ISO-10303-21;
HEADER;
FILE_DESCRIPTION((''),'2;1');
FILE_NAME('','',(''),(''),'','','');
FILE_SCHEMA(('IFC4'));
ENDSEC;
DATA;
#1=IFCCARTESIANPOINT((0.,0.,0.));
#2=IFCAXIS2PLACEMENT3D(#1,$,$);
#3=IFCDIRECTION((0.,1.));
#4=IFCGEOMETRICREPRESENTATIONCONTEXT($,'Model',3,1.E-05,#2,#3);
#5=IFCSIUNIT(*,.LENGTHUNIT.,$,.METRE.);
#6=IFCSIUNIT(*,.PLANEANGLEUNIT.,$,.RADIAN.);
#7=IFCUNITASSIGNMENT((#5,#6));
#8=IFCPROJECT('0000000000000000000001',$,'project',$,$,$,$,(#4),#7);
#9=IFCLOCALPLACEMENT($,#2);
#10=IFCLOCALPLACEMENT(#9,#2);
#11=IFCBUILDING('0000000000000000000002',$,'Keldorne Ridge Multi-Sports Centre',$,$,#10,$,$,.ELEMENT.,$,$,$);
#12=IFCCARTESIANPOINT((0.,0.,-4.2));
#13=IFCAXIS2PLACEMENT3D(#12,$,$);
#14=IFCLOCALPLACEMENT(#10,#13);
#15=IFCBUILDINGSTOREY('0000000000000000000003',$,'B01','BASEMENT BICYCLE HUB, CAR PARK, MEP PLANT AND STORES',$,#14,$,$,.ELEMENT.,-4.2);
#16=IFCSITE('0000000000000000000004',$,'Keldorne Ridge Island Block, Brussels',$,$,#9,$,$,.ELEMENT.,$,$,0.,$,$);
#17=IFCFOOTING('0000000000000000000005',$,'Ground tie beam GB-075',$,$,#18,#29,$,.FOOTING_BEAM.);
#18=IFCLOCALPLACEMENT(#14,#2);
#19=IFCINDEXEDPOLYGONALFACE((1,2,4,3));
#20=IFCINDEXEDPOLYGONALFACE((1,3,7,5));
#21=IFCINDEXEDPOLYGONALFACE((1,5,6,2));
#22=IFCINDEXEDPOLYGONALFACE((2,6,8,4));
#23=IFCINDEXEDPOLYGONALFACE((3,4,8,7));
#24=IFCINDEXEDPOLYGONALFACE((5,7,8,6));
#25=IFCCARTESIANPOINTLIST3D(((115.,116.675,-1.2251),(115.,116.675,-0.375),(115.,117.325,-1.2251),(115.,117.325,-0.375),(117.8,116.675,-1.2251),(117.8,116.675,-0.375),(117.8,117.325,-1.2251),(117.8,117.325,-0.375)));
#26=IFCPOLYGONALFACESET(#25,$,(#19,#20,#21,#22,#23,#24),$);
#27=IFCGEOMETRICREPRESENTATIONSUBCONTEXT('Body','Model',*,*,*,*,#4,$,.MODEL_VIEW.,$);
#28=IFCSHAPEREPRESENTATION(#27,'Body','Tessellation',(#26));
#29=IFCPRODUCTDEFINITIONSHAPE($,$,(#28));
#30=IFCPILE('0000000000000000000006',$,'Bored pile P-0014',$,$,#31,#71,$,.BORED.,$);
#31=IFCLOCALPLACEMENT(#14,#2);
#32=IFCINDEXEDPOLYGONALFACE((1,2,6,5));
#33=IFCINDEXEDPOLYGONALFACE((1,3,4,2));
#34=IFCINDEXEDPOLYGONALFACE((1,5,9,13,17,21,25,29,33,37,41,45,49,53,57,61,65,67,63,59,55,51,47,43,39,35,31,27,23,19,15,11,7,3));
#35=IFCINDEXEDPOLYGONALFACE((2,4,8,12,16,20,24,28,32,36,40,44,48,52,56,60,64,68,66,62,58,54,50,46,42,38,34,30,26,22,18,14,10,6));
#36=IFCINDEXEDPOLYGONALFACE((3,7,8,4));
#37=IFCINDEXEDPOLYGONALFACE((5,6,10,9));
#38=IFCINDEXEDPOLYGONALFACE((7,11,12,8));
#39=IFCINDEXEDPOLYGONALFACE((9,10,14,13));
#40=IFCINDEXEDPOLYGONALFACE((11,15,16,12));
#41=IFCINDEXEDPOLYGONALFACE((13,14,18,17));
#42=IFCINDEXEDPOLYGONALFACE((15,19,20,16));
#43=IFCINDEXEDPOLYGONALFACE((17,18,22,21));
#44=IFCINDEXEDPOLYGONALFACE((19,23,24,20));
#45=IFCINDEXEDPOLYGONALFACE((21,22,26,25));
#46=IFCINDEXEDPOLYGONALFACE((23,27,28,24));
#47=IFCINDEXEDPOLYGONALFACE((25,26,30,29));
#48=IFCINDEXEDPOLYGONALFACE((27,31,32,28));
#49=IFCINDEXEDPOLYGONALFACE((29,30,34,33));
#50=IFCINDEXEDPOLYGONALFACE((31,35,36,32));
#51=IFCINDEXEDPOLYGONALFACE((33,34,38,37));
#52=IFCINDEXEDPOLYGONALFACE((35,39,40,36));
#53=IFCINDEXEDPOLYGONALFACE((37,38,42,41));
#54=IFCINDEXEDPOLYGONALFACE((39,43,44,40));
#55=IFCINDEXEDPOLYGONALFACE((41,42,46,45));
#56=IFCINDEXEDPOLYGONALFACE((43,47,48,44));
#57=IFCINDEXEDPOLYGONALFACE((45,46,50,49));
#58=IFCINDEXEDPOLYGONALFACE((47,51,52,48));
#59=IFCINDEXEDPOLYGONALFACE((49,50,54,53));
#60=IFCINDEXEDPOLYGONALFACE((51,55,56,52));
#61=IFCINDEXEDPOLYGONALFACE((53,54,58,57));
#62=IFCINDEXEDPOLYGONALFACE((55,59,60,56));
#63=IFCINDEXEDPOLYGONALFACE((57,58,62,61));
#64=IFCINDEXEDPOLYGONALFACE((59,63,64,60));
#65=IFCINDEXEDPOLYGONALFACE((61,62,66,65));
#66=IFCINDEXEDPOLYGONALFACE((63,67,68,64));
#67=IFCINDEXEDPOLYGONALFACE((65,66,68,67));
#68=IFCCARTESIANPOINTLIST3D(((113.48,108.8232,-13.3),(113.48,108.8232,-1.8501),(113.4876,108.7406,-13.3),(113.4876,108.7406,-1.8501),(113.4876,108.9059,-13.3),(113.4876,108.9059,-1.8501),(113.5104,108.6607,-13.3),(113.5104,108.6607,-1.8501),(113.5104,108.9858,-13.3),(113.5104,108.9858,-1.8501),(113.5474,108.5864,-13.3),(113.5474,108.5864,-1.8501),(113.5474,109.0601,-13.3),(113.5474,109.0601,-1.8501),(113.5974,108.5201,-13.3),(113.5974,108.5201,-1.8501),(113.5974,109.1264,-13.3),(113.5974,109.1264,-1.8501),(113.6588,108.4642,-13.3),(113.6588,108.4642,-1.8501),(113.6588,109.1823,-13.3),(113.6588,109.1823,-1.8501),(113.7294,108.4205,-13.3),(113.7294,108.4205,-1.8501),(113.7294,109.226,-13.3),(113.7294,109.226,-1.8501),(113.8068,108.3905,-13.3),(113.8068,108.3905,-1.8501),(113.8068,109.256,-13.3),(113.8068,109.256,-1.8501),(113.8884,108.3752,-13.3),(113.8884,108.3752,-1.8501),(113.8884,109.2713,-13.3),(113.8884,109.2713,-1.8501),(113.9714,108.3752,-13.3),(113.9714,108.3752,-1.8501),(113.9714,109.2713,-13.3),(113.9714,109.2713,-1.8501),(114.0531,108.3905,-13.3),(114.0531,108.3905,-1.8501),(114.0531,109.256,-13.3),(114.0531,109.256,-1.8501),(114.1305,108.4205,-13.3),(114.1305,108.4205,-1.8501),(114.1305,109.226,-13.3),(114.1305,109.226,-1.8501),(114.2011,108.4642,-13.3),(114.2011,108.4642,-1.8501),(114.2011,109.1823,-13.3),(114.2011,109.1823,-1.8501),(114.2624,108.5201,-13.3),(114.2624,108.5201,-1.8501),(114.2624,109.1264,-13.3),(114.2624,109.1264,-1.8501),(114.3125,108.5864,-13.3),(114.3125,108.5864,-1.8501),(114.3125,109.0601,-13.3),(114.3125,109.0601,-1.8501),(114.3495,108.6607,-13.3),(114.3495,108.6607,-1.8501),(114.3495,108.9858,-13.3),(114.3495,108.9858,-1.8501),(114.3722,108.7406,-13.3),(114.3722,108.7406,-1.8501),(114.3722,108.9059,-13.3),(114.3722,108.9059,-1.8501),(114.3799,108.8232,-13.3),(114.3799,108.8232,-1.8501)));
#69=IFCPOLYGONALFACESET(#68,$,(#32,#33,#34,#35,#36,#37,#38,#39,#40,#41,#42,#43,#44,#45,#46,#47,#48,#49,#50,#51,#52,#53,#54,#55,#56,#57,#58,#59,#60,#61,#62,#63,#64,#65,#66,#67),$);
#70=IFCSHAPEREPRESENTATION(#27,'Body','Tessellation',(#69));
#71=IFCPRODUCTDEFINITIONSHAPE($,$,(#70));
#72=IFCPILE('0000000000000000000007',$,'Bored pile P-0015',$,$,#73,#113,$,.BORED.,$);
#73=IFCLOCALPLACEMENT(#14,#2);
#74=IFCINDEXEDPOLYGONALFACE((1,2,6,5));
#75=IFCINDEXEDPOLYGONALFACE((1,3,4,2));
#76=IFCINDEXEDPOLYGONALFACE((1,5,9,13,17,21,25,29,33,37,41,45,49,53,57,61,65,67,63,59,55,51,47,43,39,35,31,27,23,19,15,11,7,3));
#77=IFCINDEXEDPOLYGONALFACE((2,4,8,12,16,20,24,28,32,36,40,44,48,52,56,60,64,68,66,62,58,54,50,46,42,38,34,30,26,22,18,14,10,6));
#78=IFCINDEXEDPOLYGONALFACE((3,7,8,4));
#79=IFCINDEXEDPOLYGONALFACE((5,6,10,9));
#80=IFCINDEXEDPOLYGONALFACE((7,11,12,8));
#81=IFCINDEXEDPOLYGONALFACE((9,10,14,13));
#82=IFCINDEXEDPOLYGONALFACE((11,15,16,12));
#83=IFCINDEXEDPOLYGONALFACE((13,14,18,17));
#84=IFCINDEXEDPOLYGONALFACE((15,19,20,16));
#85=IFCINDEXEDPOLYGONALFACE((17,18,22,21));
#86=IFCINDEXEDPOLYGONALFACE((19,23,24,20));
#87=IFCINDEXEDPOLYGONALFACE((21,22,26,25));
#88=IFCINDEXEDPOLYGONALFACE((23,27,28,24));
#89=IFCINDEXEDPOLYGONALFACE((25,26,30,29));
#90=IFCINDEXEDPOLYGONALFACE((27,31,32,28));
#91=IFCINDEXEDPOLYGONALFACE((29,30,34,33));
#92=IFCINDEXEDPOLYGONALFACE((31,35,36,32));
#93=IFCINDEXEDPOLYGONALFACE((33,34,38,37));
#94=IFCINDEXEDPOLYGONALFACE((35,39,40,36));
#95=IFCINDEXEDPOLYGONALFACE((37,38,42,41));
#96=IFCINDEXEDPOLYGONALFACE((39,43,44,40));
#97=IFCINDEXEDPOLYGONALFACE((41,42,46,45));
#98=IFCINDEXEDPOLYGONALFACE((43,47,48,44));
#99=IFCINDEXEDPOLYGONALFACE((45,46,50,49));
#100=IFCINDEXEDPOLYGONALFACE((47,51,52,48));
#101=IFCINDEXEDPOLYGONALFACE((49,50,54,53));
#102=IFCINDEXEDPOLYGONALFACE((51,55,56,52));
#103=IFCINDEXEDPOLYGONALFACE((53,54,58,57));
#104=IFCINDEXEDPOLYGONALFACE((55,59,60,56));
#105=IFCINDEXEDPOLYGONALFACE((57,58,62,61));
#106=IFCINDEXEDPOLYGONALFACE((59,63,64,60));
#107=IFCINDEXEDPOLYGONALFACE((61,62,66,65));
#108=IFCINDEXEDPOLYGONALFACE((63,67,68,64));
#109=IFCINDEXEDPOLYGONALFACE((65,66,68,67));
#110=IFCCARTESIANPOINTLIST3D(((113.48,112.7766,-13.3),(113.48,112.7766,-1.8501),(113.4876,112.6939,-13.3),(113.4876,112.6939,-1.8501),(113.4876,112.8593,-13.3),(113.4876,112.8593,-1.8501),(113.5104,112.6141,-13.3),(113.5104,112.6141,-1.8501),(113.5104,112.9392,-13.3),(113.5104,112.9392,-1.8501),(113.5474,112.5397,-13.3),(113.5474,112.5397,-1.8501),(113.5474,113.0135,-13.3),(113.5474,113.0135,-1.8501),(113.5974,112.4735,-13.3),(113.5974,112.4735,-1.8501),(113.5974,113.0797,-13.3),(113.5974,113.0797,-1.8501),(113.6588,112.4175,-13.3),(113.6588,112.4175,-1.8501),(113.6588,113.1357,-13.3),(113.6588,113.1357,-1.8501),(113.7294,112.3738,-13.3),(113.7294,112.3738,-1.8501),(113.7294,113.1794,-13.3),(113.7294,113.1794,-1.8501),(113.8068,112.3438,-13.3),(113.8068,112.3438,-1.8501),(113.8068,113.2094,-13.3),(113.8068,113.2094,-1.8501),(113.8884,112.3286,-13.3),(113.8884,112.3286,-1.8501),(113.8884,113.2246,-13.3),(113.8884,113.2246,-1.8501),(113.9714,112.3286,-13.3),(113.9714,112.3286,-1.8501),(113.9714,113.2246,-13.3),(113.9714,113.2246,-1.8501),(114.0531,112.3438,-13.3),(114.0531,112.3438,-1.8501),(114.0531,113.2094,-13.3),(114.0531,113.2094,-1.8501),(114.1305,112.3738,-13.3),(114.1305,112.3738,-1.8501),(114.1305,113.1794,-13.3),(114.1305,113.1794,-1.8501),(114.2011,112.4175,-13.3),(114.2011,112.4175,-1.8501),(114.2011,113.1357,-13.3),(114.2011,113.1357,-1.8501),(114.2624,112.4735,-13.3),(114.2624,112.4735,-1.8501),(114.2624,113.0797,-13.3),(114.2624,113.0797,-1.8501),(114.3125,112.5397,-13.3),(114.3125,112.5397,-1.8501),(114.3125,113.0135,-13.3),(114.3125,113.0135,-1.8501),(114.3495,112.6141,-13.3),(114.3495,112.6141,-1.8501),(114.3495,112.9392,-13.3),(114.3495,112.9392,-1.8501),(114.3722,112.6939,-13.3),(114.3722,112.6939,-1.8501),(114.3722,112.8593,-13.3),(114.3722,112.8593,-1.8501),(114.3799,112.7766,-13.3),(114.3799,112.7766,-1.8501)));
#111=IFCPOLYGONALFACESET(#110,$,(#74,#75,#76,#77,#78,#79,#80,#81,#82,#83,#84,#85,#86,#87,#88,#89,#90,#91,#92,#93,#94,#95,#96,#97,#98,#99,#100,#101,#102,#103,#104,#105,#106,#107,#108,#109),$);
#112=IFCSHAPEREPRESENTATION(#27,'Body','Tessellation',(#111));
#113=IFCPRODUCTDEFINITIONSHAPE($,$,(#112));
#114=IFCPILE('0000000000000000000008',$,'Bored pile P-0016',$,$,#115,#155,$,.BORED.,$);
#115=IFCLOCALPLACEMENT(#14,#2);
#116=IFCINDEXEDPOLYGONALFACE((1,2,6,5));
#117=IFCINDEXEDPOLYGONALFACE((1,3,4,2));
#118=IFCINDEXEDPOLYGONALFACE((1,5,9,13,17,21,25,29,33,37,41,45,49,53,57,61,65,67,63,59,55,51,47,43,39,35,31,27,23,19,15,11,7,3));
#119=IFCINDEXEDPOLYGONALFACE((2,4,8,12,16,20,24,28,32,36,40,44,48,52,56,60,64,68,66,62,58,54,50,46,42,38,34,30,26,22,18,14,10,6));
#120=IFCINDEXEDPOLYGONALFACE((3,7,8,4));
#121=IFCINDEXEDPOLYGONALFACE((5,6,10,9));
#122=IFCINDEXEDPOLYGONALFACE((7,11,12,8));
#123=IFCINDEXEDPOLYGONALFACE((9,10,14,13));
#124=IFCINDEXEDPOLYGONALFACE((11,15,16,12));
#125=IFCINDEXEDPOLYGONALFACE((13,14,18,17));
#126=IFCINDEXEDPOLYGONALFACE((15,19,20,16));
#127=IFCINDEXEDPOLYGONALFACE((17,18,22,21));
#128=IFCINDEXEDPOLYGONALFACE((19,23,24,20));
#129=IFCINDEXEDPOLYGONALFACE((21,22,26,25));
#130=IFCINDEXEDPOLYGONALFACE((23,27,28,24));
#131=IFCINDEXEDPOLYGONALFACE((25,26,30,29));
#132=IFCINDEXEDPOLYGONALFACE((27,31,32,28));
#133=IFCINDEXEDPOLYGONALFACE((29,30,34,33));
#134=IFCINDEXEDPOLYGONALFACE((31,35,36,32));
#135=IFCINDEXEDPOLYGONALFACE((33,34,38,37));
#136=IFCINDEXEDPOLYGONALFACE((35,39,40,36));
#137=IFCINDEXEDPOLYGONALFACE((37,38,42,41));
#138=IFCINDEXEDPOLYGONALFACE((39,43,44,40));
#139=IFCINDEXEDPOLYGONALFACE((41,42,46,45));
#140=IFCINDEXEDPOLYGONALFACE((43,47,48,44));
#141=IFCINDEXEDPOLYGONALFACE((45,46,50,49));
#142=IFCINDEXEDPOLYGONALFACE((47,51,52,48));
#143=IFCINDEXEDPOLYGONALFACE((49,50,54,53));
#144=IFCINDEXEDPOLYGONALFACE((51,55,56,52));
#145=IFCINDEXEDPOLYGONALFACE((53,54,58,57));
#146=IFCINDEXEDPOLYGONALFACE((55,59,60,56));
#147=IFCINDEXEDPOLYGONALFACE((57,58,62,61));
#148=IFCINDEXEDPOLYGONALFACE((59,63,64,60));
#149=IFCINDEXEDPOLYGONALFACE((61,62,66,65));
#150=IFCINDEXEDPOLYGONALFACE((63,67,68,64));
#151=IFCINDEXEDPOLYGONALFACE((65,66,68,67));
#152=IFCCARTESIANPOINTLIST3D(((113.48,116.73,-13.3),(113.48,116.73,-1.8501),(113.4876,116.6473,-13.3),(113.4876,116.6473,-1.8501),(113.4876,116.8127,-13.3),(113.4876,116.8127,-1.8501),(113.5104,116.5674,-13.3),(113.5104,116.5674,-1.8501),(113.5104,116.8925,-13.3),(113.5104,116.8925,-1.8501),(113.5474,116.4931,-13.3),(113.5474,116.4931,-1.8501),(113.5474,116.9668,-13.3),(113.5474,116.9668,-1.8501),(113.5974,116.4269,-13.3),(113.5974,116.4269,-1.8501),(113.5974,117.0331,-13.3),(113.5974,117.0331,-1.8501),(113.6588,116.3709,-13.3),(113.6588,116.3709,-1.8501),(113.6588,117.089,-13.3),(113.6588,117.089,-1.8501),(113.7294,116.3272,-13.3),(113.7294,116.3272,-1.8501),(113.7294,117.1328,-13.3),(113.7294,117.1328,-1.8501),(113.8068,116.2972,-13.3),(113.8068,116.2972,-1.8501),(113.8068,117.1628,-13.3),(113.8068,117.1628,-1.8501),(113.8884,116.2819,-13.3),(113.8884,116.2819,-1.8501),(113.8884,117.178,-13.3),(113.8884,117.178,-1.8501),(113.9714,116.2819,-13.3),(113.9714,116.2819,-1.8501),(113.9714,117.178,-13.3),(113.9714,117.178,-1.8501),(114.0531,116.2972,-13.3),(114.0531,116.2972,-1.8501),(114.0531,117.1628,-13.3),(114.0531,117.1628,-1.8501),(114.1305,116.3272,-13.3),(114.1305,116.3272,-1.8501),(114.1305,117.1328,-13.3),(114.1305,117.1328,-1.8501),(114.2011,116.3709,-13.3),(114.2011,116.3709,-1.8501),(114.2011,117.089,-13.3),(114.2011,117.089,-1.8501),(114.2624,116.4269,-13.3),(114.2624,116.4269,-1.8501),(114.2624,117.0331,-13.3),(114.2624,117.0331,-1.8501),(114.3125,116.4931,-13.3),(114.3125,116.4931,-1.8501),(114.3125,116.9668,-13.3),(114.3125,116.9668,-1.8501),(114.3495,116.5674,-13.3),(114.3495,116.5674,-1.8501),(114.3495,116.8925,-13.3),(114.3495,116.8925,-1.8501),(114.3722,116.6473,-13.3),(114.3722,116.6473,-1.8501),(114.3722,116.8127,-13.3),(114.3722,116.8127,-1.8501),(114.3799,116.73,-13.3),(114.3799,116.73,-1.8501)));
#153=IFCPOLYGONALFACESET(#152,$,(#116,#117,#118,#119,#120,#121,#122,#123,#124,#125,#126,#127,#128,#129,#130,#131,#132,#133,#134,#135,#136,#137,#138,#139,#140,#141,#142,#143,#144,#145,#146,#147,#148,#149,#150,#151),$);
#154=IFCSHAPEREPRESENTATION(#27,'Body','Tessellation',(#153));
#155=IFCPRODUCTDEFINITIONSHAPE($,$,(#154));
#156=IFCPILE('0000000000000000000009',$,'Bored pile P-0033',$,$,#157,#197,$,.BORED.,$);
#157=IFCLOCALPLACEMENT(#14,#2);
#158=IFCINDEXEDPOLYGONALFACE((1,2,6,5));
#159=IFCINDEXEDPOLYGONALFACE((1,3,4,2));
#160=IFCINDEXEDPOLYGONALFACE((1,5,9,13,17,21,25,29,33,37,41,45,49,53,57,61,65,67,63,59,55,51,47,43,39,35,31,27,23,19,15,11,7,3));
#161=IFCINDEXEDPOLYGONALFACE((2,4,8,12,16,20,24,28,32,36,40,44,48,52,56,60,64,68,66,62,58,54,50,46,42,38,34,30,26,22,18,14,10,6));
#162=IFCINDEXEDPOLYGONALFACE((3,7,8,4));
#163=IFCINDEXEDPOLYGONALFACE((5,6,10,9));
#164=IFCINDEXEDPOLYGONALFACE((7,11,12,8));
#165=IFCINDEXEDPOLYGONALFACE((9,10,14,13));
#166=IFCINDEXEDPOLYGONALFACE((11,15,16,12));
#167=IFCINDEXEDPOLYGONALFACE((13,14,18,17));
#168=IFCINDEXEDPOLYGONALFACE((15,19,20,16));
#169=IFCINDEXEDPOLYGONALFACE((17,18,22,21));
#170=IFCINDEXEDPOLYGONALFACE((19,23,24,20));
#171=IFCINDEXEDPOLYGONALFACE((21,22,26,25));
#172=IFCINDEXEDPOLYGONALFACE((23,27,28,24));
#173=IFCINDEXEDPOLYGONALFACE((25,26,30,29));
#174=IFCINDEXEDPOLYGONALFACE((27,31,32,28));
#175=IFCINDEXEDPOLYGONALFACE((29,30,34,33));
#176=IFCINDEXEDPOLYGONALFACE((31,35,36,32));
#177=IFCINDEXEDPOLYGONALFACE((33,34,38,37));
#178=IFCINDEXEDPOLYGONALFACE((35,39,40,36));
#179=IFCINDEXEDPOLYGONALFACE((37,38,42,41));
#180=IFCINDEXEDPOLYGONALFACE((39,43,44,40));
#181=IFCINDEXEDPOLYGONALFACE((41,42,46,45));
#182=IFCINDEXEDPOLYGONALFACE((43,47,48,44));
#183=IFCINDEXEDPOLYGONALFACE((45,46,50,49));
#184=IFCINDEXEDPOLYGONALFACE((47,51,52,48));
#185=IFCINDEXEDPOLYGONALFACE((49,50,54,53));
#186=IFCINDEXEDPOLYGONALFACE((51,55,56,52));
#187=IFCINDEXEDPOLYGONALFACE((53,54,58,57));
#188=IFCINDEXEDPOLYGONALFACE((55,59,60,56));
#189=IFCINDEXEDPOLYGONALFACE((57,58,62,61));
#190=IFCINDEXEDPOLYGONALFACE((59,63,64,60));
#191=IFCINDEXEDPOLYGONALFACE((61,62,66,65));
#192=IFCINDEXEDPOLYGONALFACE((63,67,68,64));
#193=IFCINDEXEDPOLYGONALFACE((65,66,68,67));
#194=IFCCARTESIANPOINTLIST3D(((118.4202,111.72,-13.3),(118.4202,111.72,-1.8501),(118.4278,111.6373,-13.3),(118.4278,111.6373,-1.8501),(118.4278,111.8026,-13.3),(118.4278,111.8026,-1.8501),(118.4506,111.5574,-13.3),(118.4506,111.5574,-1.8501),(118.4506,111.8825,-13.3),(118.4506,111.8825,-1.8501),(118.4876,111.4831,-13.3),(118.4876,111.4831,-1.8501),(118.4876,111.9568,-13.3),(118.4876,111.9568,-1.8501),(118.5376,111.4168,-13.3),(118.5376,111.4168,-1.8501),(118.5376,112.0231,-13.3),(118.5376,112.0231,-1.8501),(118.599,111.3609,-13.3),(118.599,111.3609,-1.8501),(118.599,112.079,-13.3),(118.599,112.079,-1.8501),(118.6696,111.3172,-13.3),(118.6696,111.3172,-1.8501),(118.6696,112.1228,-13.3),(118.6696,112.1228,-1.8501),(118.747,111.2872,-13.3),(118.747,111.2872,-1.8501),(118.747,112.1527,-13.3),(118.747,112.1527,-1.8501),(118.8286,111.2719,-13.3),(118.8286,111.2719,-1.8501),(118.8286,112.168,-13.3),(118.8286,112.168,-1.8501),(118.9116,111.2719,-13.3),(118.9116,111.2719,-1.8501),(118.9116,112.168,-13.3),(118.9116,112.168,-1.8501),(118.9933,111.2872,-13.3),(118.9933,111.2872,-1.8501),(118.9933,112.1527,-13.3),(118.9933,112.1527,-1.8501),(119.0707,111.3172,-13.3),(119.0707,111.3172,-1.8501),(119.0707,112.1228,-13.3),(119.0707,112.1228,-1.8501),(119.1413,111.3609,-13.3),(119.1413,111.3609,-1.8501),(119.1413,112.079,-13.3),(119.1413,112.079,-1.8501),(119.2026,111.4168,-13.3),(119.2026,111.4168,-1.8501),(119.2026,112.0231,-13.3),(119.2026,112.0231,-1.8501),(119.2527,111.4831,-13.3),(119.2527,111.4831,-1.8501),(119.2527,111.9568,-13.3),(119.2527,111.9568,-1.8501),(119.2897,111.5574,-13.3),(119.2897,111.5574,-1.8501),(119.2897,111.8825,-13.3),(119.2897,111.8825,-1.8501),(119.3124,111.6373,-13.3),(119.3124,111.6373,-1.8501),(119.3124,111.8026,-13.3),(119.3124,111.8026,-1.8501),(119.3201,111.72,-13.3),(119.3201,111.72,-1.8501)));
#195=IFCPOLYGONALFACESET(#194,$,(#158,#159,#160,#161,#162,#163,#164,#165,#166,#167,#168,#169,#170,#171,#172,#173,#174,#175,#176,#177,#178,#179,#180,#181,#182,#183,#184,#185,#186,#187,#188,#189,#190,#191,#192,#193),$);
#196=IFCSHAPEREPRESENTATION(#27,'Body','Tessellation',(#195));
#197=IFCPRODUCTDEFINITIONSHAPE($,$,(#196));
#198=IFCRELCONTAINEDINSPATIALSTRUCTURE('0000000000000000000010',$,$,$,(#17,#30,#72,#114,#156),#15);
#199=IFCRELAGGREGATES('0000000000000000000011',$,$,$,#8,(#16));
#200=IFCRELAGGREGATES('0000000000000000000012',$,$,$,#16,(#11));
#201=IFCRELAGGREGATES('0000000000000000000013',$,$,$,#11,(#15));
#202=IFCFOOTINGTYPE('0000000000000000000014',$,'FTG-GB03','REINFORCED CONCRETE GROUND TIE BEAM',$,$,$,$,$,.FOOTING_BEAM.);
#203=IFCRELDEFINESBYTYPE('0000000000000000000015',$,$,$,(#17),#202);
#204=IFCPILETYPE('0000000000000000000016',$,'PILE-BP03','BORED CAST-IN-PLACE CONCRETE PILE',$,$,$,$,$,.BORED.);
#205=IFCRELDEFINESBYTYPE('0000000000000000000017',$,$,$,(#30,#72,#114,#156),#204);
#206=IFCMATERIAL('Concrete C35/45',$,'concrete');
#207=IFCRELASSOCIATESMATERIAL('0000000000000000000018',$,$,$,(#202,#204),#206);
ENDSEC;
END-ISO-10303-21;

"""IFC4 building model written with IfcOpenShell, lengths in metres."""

from ifc_helpers import new_model, si_unit, direction, frame, origin, origin_2d, place, context, subcontext, project, spatial, rectangle, circle, extrude, material, material_profile, profile_set, type_object, element, save


model = new_model("IFC4")

# Units and contexts
model_context = context("Model", 3, precision=1e-05, world=origin(), true_north=direction((0.0, 1.0)))
body_context = subcontext(model_context, "Body", "Model", "MODEL_VIEW")
ifc_project = project(units=[si_unit("LENGTHUNIT", "METRE"), si_unit("PLANEANGLEUNIT", "RADIAN")], contexts=[model_context])

# Site, building, storey
site_placement = place(None, origin())
site = spatial("IfcSite", under=ifc_project, at=site_placement, Name="Keldorne Ridge Island Block, Brussels", CompositionType="ELEMENT", RefElevation=0.0)
building_placement = place(site_placement, origin())
building = spatial("IfcBuilding", under=site, at=building_placement, Name="Keldorne Ridge Multi-Sports Centre", CompositionType="ELEMENT")
storey_placement = place(building_placement, frame((0.0, 0.0, -4.2)))
storey = spatial("IfcBuildingStorey", under=building, at=storey_placement, Name="B01", Description="BASEMENT BICYCLE HUB, CAR PARK, MEP PLANT AND STORES", CompositionType="ELEMENT", Elevation=-4.2)

# Footing
ifc_material_1 = material(Name="Concrete C35/45", Category="concrete")
ifc_material_profile_1 = material_profile(ifc_material_1, rectangle(XDim=0.6499, YDim=0.8501, at=origin_2d()), Name="GB 650x850")
ifc_profile_set_1 = profile_set([ifc_material_profile_1], Name="Concrete C35/45")
footing_type = type_object("IfcFootingType", Name="FTG-GB03", Description="REINFORCED CONCRETE GROUND TIE BEAM", PredefinedType="FOOTING_BEAM", material=ifc_profile_set_1)
footing_placement = place(storey_placement, frame((115.0, 117.0, -0.8), z_axis=(1.0, 0.0, 0.0), x_axis=(0.0, 1.0, 0.0)))
element("IfcFooting", 1, at=footing_placement, inside=storey, type_object=footing_type, Name="Ground tie beam GB-075", PredefinedType="FOOTING_BEAM", context=body_context, shape_type="SweptSolid", body=[
    extrude(rectangle(XDim=0.6499, YDim=0.8501, at=origin_2d()), origin(), (0.0, 0.0, 1.0), 2.8),
])

# Piles
ifc_material_profile_2 = material_profile(ifc_material_1, circle(Radius=0.45, at=origin_2d()), Name="BORED PILE D900")
ifc_profile_set_2 = profile_set([ifc_material_profile_2], Name="Concrete C35/45")
pile_type_1 = type_object("IfcPileType", Name="PILE-BP03", Description="BORED CAST-IN-PLACE CONCRETE PILE", PredefinedType="BORED", material=ifc_profile_set_2)
for number, where, z_axis, x_axis, name in (
    (2, (113.9299, 108.8232, -1.8501), (0.0, 0.0, -1.0), (1.0, 0.0, 0.0), "Bored pile P-0014"),
    (3, (113.9299, 112.7766, -1.8501), (0.0, 0.0, -1.0), (1.0, 0.0, 0.0), "Bored pile P-0015"),
    (4, (113.9299, 116.73, -1.8501), (0.0, 0.0, -1.0), (1.0, 0.0, 0.0), "Bored pile P-0016"),
    (5, (118.8701, 111.72, -1.8501), (0.0, 0.0, -1.0), (1.0, 0.0, 0.0), "Bored pile P-0033"),
):
    element("IfcPile", number, at=place(storey_placement, frame(where, z_axis=z_axis, x_axis=x_axis)), inside=storey, type_object=pile_type_1, Name=name, PredefinedType="BORED", context=body_context, shape_type="SweptSolid", body=[
        extrude(circle(Radius=0.45, at=origin_2d()), origin(), (0.0, 0.0, 1.0), 11.45),
    ])

save(model, "model.ifc")
